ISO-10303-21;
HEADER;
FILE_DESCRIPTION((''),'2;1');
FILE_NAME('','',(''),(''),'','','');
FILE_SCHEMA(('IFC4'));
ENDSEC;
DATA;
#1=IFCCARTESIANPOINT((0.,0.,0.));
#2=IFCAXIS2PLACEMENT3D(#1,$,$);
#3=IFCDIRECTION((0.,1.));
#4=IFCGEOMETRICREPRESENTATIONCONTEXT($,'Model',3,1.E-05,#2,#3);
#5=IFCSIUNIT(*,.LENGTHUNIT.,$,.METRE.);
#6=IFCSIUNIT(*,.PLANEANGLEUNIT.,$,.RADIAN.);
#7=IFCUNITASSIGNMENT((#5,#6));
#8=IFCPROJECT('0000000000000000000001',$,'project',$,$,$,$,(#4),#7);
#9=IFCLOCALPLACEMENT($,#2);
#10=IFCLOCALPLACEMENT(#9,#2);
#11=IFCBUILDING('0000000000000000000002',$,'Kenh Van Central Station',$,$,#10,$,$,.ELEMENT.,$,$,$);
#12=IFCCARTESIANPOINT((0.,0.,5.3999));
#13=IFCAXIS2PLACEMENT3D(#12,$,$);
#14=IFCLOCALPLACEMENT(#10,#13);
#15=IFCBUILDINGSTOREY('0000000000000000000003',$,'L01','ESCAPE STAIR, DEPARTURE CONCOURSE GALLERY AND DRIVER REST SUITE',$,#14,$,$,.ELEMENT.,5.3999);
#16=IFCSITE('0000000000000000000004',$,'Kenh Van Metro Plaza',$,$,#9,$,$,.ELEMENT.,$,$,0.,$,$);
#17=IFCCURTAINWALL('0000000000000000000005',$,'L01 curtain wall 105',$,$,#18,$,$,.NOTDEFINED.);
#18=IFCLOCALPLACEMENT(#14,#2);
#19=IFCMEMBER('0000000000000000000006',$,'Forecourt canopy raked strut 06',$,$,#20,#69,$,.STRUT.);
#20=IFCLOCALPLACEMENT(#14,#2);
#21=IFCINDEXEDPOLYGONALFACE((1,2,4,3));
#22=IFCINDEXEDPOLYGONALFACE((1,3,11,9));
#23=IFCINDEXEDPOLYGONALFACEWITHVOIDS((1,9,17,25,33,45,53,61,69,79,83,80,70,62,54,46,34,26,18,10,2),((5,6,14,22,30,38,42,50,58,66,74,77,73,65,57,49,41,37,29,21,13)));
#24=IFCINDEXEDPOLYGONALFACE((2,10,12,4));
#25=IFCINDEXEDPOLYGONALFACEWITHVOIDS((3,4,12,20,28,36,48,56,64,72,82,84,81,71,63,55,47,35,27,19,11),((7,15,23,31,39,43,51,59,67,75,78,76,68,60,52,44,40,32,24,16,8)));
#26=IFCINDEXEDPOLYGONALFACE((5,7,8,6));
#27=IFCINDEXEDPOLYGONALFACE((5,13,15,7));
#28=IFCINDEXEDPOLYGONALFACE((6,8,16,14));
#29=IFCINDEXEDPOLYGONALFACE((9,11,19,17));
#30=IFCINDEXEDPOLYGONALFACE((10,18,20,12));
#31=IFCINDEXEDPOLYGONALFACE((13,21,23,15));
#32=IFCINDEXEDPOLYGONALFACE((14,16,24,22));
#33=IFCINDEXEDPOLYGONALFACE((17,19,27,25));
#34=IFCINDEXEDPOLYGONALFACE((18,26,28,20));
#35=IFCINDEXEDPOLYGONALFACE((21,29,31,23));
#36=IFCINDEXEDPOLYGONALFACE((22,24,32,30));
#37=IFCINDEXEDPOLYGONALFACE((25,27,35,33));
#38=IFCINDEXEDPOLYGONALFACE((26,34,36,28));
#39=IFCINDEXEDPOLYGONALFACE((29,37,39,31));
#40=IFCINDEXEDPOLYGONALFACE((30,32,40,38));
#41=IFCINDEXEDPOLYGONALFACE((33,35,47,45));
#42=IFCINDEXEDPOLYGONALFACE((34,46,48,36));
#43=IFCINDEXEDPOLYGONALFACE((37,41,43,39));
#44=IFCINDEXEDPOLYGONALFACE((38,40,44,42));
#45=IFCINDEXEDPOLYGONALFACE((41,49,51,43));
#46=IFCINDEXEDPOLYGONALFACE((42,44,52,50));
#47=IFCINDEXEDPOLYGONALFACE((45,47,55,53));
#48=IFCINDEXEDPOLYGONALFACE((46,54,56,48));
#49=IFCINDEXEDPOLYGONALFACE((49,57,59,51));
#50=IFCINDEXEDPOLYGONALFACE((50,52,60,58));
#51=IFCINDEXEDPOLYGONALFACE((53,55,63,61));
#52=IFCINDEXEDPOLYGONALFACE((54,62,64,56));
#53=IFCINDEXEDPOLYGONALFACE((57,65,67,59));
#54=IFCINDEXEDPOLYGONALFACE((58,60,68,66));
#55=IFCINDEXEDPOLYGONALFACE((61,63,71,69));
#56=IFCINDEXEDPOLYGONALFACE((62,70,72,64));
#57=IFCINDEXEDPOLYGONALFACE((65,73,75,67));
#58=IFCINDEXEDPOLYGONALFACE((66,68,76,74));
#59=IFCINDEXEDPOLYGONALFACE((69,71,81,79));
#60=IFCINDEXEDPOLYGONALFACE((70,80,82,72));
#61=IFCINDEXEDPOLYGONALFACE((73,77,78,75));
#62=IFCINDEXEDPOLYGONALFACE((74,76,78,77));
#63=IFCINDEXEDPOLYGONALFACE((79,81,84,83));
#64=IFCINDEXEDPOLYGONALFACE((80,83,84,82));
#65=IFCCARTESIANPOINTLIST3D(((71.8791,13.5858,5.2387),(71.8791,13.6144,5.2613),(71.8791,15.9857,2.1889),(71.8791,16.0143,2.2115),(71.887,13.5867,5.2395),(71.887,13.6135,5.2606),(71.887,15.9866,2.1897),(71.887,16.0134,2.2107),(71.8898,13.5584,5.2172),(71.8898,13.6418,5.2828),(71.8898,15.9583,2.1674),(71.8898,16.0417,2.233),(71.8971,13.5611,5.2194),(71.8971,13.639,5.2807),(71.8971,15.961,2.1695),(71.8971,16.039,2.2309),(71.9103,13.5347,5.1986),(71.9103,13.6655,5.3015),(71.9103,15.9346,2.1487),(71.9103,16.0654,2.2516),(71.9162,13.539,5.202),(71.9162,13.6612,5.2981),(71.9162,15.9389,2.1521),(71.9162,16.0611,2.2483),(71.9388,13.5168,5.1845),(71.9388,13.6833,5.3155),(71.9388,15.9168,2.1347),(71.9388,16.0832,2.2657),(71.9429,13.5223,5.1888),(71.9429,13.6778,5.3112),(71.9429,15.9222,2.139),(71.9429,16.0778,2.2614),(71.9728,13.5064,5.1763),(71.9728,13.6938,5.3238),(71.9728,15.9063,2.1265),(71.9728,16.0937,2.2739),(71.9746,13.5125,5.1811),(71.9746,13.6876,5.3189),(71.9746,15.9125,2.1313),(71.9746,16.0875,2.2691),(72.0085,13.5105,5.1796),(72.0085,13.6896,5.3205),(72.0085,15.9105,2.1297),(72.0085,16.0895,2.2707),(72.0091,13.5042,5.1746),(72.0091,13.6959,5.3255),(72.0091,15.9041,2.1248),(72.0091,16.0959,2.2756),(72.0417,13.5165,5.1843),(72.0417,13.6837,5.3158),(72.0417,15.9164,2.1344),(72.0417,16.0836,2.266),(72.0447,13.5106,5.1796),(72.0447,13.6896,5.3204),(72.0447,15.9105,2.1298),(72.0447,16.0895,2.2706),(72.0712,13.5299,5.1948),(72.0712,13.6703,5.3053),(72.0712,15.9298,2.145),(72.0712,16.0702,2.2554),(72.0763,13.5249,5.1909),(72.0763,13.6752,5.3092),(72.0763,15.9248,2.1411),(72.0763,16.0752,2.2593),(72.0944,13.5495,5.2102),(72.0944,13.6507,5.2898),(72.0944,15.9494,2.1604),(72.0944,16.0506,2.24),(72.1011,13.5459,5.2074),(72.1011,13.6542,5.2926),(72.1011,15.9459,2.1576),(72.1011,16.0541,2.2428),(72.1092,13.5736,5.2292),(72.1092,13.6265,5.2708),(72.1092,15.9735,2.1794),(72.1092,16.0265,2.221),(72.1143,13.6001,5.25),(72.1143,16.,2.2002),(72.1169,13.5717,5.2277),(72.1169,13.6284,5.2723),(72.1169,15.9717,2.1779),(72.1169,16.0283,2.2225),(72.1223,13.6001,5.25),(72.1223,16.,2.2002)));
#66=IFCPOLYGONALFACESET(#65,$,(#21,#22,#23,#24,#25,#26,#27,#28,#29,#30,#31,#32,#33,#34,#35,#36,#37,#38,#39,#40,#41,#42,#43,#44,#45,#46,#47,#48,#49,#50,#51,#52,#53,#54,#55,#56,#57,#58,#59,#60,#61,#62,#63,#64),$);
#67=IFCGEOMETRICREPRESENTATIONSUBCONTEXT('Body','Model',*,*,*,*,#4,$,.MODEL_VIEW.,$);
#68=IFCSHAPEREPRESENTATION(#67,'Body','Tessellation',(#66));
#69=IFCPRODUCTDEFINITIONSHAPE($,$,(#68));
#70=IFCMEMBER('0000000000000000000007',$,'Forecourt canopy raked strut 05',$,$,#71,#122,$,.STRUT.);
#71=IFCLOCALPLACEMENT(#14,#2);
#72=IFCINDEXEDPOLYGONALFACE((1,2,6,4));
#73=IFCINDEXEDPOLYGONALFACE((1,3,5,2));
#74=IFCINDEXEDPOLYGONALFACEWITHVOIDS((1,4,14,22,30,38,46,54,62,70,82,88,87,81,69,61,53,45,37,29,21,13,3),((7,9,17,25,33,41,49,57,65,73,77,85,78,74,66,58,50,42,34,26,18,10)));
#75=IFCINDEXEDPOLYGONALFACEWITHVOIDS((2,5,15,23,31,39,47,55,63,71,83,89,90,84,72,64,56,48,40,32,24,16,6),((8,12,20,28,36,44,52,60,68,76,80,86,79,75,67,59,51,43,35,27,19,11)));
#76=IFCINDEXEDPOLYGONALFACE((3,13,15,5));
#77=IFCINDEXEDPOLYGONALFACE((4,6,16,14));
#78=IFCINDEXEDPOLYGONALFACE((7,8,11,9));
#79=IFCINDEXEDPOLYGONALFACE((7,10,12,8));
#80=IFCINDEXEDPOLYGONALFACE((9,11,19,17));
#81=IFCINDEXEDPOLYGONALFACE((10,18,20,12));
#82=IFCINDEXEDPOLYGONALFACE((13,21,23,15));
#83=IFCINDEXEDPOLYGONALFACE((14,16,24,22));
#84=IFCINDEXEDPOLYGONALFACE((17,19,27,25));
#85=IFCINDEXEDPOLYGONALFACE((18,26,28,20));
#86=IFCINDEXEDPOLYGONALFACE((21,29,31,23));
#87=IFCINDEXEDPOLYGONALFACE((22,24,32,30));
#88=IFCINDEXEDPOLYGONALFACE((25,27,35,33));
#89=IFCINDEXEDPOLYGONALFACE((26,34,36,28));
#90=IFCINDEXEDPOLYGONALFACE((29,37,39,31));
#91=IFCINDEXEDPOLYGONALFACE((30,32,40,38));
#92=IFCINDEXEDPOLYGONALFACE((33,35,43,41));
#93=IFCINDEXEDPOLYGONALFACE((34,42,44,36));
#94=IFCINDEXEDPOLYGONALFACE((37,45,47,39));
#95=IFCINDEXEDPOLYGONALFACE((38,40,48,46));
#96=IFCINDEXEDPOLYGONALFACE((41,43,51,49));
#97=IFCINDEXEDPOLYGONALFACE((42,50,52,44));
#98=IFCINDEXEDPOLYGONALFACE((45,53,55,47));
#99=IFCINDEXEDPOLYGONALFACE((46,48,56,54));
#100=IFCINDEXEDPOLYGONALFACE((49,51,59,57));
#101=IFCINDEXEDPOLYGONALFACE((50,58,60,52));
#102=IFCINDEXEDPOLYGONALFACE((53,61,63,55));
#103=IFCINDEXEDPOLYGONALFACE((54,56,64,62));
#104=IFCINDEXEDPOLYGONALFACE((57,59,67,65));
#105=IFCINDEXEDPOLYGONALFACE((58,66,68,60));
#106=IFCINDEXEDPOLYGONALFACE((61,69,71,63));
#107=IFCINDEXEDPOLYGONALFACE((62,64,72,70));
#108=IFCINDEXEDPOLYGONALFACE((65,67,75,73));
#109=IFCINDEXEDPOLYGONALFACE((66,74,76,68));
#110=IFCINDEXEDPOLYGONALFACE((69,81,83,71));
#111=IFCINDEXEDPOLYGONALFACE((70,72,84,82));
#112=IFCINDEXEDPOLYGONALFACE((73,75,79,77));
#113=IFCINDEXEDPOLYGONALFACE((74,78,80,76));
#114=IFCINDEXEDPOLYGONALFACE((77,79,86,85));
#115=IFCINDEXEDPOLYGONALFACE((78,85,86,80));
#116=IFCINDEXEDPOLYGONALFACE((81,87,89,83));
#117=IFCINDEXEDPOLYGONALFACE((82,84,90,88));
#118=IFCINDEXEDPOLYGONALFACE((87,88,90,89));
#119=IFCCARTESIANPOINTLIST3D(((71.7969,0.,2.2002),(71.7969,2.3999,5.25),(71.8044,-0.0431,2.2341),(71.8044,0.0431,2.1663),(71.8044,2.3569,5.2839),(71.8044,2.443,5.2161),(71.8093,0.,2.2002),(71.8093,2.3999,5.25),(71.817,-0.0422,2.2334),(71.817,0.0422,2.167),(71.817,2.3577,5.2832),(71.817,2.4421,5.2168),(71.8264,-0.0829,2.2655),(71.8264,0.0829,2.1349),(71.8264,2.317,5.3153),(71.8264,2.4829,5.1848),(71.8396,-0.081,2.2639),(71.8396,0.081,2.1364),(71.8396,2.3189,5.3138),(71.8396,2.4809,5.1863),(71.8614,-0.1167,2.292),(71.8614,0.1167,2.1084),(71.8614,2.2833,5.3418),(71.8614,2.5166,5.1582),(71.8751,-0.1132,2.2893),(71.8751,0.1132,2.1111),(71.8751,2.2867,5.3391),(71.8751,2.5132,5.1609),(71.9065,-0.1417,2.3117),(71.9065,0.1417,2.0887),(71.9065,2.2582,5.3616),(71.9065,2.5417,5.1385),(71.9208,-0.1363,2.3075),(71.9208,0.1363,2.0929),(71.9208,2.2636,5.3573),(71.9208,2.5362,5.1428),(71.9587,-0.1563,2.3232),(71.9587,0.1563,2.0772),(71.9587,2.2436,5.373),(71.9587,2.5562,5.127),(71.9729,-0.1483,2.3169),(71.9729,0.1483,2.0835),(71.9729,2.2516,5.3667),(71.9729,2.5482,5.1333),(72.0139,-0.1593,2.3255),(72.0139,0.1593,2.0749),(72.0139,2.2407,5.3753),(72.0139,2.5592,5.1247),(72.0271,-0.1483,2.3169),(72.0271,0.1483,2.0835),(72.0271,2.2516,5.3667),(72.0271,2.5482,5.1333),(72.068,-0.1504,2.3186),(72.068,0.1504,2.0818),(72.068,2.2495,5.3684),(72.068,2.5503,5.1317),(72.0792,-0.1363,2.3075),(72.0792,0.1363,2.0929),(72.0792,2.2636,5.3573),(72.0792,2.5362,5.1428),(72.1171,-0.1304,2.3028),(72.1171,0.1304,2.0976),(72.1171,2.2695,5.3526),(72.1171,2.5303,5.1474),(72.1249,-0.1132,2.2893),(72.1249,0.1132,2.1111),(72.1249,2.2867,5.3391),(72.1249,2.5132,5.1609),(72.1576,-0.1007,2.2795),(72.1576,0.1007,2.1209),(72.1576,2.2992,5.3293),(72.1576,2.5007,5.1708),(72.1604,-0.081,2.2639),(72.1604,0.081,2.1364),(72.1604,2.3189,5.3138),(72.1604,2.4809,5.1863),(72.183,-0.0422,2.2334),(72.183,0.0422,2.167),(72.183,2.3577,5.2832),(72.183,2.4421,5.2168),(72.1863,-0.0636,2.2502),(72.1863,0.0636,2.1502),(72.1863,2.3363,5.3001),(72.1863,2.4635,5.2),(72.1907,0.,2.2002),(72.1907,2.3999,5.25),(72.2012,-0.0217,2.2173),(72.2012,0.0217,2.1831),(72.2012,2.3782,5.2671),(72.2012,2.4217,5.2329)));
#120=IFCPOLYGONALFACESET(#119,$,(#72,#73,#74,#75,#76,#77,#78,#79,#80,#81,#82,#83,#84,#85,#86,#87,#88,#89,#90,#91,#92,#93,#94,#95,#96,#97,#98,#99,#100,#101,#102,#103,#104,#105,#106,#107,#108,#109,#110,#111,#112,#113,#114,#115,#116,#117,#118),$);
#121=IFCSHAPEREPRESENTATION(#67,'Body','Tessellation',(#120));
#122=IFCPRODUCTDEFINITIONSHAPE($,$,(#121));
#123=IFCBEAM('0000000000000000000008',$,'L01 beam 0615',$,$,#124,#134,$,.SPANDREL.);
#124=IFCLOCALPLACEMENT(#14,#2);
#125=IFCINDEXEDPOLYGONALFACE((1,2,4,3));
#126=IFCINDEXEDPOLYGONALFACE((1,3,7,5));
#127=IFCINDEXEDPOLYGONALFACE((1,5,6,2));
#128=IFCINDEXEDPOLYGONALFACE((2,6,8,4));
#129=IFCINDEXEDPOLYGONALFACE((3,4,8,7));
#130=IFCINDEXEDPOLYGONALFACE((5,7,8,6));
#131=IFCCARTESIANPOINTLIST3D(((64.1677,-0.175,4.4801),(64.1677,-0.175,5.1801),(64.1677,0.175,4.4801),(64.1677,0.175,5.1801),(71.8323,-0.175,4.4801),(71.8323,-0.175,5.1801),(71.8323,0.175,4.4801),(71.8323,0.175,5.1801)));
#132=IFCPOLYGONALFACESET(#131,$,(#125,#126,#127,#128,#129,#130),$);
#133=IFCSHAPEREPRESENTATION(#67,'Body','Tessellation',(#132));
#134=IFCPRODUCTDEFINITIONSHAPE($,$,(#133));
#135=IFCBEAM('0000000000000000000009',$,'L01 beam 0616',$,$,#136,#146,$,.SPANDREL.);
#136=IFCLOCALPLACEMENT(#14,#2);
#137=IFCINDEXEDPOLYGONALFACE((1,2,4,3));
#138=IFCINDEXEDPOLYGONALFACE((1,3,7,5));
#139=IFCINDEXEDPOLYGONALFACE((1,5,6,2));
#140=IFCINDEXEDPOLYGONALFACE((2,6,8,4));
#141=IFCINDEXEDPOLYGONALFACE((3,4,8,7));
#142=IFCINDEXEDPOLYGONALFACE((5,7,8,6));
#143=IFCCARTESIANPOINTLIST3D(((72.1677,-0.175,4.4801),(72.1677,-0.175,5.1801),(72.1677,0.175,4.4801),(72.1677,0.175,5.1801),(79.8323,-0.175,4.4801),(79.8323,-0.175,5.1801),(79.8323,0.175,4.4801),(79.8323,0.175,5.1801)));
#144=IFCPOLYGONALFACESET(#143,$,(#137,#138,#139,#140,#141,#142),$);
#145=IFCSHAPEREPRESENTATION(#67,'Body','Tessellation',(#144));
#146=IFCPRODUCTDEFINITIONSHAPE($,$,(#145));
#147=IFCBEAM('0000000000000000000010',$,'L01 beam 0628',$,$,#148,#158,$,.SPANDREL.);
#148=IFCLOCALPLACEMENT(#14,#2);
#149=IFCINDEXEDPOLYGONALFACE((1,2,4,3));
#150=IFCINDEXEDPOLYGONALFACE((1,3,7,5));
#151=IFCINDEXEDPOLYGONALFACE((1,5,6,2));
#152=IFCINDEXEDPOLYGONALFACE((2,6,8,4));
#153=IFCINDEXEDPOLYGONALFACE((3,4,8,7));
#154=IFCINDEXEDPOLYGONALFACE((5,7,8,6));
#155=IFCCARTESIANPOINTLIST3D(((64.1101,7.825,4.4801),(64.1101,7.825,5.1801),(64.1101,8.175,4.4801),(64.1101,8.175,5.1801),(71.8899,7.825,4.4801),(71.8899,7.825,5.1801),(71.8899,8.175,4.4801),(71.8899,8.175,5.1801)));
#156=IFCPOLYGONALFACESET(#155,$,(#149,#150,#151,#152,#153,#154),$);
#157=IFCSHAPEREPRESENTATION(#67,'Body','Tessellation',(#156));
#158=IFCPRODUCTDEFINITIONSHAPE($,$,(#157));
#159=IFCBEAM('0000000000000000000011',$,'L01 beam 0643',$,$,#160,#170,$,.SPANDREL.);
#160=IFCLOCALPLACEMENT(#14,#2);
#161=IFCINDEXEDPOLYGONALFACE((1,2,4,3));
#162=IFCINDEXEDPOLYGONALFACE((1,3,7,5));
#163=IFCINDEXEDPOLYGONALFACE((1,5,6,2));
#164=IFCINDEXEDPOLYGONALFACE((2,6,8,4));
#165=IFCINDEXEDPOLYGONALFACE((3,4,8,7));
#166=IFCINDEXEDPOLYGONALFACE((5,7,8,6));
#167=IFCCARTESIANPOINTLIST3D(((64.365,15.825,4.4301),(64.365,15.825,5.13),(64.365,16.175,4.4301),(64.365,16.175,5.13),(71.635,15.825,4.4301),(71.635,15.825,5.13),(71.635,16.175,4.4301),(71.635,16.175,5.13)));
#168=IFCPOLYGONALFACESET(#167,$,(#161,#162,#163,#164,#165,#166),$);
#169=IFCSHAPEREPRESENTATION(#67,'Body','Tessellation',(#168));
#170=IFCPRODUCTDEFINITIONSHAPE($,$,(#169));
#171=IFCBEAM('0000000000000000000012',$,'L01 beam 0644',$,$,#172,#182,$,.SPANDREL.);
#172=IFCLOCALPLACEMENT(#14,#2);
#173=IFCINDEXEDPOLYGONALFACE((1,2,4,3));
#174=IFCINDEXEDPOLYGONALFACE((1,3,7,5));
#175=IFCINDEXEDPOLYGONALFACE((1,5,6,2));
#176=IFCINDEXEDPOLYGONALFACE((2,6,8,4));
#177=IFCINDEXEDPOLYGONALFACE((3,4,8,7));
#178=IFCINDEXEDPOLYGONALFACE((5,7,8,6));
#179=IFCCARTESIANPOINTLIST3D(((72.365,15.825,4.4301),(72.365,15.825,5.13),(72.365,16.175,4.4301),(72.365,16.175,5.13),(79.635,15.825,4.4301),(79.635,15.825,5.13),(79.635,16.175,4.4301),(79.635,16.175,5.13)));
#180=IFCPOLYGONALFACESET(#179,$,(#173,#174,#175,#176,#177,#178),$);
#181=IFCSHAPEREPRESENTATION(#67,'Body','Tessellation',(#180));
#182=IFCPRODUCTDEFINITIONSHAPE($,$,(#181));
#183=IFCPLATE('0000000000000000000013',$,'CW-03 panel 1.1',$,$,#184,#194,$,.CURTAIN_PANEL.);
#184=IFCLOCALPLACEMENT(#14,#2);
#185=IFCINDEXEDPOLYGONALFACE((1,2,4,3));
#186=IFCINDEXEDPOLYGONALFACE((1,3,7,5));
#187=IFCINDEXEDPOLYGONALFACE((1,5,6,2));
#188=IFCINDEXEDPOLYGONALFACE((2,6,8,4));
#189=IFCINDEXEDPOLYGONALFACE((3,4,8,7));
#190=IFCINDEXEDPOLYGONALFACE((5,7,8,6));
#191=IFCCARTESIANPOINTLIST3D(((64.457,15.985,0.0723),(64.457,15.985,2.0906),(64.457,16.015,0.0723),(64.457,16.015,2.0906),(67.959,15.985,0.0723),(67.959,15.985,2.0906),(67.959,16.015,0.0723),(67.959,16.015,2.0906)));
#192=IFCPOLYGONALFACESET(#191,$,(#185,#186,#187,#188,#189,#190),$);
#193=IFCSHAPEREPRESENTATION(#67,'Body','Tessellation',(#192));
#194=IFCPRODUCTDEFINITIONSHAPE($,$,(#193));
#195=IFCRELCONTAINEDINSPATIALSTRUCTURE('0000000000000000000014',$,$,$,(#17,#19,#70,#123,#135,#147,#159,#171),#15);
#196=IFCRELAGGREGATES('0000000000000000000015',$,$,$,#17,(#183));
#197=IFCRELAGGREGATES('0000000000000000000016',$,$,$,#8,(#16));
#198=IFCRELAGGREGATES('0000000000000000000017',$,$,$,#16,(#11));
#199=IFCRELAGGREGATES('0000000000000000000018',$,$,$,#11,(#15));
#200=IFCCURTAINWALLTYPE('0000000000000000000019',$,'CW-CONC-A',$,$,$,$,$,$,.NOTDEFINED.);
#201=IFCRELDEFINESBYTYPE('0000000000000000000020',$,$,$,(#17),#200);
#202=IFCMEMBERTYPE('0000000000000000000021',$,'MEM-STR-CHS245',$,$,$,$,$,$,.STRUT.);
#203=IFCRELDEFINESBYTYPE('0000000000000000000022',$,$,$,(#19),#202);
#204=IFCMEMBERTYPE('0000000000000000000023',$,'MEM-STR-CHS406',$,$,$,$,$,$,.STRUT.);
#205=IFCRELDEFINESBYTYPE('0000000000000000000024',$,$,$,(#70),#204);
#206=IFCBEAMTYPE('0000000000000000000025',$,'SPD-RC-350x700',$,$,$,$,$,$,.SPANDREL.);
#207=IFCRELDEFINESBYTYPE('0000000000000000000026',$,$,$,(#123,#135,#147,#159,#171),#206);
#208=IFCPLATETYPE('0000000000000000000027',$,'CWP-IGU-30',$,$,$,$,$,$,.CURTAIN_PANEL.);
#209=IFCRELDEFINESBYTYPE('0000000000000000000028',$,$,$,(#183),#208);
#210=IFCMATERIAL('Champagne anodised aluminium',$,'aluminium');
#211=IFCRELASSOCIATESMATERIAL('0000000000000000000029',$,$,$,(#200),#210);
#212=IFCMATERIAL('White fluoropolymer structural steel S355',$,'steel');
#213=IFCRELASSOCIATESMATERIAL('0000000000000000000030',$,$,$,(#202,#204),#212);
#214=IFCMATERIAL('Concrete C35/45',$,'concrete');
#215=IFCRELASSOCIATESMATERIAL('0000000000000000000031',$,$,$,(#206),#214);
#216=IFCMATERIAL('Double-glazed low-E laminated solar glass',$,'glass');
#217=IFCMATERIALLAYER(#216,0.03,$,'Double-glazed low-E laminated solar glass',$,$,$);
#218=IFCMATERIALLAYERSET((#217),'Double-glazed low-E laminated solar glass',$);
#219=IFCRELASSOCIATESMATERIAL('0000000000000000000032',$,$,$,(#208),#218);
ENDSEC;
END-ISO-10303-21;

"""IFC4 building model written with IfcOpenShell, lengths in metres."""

from ifc_helpers import new_model, si_unit, direction, frame, origin, origin_2d, place, context, subcontext, project, spatial, rectangle, hollow_circle, extrude, material, layer, layer_set, material_profile, profile_set, type_object, element, aggregate, save


model = new_model("IFC4")

# Units and contexts
model_context = context("Model", 3, precision=1e-05, world=origin(), true_north=direction((0.0, 1.0)))
body_context = subcontext(model_context, "Body", "Model", "MODEL_VIEW")
ifc_project = project(units=[si_unit("LENGTHUNIT", "METRE"), si_unit("PLANEANGLEUNIT", "RADIAN")], contexts=[model_context])

# Site, building, storey
site_placement = place(None, origin())
site = spatial("IfcSite", under=ifc_project, at=site_placement, Name="Kenh Van Metro Plaza", CompositionType="ELEMENT", RefElevation=0.0)
building_placement = place(site_placement, origin())
building = spatial("IfcBuilding", under=site, at=building_placement, Name="Kenh Van Central Station", CompositionType="ELEMENT")
storey_placement = place(building_placement, frame((0.0, 0.0, 5.3999)))
storey = spatial("IfcBuildingStorey", under=building, at=storey_placement, Name="L01", Description="ESCAPE STAIR, DEPARTURE CONCOURSE GALLERY AND DRIVER REST SUITE", CompositionType="ELEMENT", Elevation=5.3999)

# Curtain wall
ifc_material_1 = material(Name="Champagne anodised aluminium", Category="aluminium")
curtain_wall_type = type_object("IfcCurtainWallType", Name="CW-CONC-A", PredefinedType="NOTDEFINED", material=ifc_material_1)
curtain_wall_1_placement = place(storey_placement, origin())
curtain_wall_1 = element("IfcCurtainWall", 1, at=curtain_wall_1_placement, inside=storey, type_object=curtain_wall_type, Name="L01 curtain wall 105", PredefinedType="NOTDEFINED")

# Members
ifc_material_2 = material(Name="White fluoropolymer structural steel S355", Category="steel")
ifc_material_profile_1 = material_profile(ifc_material_2, hollow_circle(Radius=0.1223, WallThickness=0.0081, at=origin_2d()), Name="CHS 244.5x8")
ifc_profile_set_1 = profile_set([ifc_material_profile_1], Name="White fluoropolymer structural steel S355")
member_type_1 = type_object("IfcMemberType", Name="MEM-STR-CHS245", PredefinedType="STRUT", material=ifc_profile_set_1)
for number, where, z_axis, x_axis, name in (
    (2, (72.0, 16.0, 2.2002), (0.0, -0.618399, 0.785864), (1.0, 0.0, 0.0), "Forecourt canopy raked strut 06"),
):
    element("IfcMember", number, at=place(storey_placement, frame(where, z_axis=z_axis, x_axis=x_axis)), inside=storey, type_object=member_type_1, Name=name, PredefinedType="STRUT", context=body_context, shape_type="SweptSolid", body=[
        extrude(hollow_circle(Radius=0.1223, WallThickness=0.0081, at=origin_2d()), origin(), (0.0, 0.0, 1.0), 3.8809),
    ])
ifc_material_profile_2 = material_profile(ifc_material_2, hollow_circle(Radius=0.2031, WallThickness=0.0125, at=origin_2d()), Name="CHS 406.4x12.5")
ifc_profile_set_2 = profile_set([ifc_material_profile_2], Name="White fluoropolymer structural steel S355")
member_type_2 = type_object("IfcMemberType", Name="MEM-STR-CHS406", PredefinedType="STRUT", material=ifc_profile_set_2)
member_1_placement = place(storey_placement, frame((72.0, 0.0, 2.2002), z_axis=(0.0, 0.618399, 0.785864), x_axis=(-1.0, 0.0, 0.0)))
element("IfcMember", 3, at=member_1_placement, inside=storey, type_object=member_type_2, Name="Forecourt canopy raked strut 05", PredefinedType="STRUT", context=body_context, shape_type="SweptSolid", body=[
    extrude(hollow_circle(Radius=0.2031, WallThickness=0.0125, at=origin_2d()), origin(), (0.0, 0.0, 1.0), 3.8809),
])

# Beams
ifc_material_3 = material(Name="Concrete C35/45", Category="concrete")
ifc_material_profile_3 = material_profile(ifc_material_3, rectangle(XDim=0.3501, YDim=0.7, at=origin_2d()), Name="RC 350x700")
ifc_profile_set_3 = profile_set([ifc_material_profile_3], Name="Concrete C35/45")
beam_type = type_object("IfcBeamType", Name="SPD-RC-350x700", PredefinedType="SPANDREL", material=ifc_profile_set_3)
for number, where, z_axis, x_axis, name in (
    (4, (64.1677, 0.0, 4.8301), (1.0, 0.0, 0.0), (0.0, 1.0, 0.0), "L01 beam 0615"),
    (5, (72.1677, 0.0, 4.8301), (1.0, 0.0, 0.0), (0.0, 1.0, 0.0), "L01 beam 0616"),
):
    element("IfcBeam", number, at=place(storey_placement, frame(where, z_axis=z_axis, x_axis=x_axis)), inside=storey, type_object=beam_type, Name=name, PredefinedType="SPANDREL", context=body_context, shape_type="SweptSolid", body=[
        extrude(rectangle(XDim=0.3501, YDim=0.7, at=origin_2d()), origin(), (0.0, 0.0, 1.0), 7.6646),
    ])
beam_placement = place(storey_placement, frame((64.1101, 8.0, 4.8301), z_axis=(1.0, 0.0, 0.0), x_axis=(0.0, 1.0, 0.0)))
element("IfcBeam", 6, at=beam_placement, inside=storey, type_object=beam_type, Name="L01 beam 0628", PredefinedType="SPANDREL", context=body_context, shape_type="SweptSolid", body=[
    extrude(rectangle(XDim=0.3501, YDim=0.7, at=origin_2d()), origin(), (0.0, 0.0, 1.0), 7.7798),
])
for number, where, z_axis, x_axis, name in (
    (7, (64.365, 16.0, 4.78), (1.0, 0.0, 0.0), (0.0, 1.0, 0.0), "L01 beam 0643"),
    (8, (72.365, 16.0, 4.78), (1.0, 0.0, 0.0), (0.0, 1.0, 0.0), "L01 beam 0644"),
):
    element("IfcBeam", number, at=place(storey_placement, frame(where, z_axis=z_axis, x_axis=x_axis)), inside=storey, type_object=beam_type, Name=name, PredefinedType="SPANDREL", context=body_context, shape_type="SweptSolid", body=[
        extrude(rectangle(XDim=0.3501, YDim=0.7, at=origin_2d()), origin(), (0.0, 0.0, 1.0), 7.27),
    ])

# Plate
ifc_material_4 = material(Name="Double-glazed low-E laminated solar glass", Category="glass")
ifc_layer = layer(ifc_material_4, 0.03, Name="Double-glazed low-E laminated solar glass")
ifc_layer_set = layer_set([ifc_layer], Name="Double-glazed low-E laminated solar glass")
plate_type = type_object("IfcPlateType", Name="CWP-IGU-30", PredefinedType="CURTAIN_PANEL", material=ifc_layer_set)
plate_1_placement = place(storey_placement, frame((66.208, 16.0, 0.0723), z_axis=(0.0, 0.0, 1.0), x_axis=(1.0, 0.0, 0.0)))
plate_1 = element("IfcPlate", 9, at=plate_1_placement, type_object=plate_type, Name="CW-03 panel 1.1", PredefinedType="CURTAIN_PANEL", context=body_context, shape_type="SweptSolid", body=[
    extrude(rectangle(XDim=3.502, YDim=0.03, at=origin_2d()), origin(), (0.0, 0.0, 1.0), 2.0183),
])
aggregate(curtain_wall_1, [plate_1])

save(model, "model.ifc")
